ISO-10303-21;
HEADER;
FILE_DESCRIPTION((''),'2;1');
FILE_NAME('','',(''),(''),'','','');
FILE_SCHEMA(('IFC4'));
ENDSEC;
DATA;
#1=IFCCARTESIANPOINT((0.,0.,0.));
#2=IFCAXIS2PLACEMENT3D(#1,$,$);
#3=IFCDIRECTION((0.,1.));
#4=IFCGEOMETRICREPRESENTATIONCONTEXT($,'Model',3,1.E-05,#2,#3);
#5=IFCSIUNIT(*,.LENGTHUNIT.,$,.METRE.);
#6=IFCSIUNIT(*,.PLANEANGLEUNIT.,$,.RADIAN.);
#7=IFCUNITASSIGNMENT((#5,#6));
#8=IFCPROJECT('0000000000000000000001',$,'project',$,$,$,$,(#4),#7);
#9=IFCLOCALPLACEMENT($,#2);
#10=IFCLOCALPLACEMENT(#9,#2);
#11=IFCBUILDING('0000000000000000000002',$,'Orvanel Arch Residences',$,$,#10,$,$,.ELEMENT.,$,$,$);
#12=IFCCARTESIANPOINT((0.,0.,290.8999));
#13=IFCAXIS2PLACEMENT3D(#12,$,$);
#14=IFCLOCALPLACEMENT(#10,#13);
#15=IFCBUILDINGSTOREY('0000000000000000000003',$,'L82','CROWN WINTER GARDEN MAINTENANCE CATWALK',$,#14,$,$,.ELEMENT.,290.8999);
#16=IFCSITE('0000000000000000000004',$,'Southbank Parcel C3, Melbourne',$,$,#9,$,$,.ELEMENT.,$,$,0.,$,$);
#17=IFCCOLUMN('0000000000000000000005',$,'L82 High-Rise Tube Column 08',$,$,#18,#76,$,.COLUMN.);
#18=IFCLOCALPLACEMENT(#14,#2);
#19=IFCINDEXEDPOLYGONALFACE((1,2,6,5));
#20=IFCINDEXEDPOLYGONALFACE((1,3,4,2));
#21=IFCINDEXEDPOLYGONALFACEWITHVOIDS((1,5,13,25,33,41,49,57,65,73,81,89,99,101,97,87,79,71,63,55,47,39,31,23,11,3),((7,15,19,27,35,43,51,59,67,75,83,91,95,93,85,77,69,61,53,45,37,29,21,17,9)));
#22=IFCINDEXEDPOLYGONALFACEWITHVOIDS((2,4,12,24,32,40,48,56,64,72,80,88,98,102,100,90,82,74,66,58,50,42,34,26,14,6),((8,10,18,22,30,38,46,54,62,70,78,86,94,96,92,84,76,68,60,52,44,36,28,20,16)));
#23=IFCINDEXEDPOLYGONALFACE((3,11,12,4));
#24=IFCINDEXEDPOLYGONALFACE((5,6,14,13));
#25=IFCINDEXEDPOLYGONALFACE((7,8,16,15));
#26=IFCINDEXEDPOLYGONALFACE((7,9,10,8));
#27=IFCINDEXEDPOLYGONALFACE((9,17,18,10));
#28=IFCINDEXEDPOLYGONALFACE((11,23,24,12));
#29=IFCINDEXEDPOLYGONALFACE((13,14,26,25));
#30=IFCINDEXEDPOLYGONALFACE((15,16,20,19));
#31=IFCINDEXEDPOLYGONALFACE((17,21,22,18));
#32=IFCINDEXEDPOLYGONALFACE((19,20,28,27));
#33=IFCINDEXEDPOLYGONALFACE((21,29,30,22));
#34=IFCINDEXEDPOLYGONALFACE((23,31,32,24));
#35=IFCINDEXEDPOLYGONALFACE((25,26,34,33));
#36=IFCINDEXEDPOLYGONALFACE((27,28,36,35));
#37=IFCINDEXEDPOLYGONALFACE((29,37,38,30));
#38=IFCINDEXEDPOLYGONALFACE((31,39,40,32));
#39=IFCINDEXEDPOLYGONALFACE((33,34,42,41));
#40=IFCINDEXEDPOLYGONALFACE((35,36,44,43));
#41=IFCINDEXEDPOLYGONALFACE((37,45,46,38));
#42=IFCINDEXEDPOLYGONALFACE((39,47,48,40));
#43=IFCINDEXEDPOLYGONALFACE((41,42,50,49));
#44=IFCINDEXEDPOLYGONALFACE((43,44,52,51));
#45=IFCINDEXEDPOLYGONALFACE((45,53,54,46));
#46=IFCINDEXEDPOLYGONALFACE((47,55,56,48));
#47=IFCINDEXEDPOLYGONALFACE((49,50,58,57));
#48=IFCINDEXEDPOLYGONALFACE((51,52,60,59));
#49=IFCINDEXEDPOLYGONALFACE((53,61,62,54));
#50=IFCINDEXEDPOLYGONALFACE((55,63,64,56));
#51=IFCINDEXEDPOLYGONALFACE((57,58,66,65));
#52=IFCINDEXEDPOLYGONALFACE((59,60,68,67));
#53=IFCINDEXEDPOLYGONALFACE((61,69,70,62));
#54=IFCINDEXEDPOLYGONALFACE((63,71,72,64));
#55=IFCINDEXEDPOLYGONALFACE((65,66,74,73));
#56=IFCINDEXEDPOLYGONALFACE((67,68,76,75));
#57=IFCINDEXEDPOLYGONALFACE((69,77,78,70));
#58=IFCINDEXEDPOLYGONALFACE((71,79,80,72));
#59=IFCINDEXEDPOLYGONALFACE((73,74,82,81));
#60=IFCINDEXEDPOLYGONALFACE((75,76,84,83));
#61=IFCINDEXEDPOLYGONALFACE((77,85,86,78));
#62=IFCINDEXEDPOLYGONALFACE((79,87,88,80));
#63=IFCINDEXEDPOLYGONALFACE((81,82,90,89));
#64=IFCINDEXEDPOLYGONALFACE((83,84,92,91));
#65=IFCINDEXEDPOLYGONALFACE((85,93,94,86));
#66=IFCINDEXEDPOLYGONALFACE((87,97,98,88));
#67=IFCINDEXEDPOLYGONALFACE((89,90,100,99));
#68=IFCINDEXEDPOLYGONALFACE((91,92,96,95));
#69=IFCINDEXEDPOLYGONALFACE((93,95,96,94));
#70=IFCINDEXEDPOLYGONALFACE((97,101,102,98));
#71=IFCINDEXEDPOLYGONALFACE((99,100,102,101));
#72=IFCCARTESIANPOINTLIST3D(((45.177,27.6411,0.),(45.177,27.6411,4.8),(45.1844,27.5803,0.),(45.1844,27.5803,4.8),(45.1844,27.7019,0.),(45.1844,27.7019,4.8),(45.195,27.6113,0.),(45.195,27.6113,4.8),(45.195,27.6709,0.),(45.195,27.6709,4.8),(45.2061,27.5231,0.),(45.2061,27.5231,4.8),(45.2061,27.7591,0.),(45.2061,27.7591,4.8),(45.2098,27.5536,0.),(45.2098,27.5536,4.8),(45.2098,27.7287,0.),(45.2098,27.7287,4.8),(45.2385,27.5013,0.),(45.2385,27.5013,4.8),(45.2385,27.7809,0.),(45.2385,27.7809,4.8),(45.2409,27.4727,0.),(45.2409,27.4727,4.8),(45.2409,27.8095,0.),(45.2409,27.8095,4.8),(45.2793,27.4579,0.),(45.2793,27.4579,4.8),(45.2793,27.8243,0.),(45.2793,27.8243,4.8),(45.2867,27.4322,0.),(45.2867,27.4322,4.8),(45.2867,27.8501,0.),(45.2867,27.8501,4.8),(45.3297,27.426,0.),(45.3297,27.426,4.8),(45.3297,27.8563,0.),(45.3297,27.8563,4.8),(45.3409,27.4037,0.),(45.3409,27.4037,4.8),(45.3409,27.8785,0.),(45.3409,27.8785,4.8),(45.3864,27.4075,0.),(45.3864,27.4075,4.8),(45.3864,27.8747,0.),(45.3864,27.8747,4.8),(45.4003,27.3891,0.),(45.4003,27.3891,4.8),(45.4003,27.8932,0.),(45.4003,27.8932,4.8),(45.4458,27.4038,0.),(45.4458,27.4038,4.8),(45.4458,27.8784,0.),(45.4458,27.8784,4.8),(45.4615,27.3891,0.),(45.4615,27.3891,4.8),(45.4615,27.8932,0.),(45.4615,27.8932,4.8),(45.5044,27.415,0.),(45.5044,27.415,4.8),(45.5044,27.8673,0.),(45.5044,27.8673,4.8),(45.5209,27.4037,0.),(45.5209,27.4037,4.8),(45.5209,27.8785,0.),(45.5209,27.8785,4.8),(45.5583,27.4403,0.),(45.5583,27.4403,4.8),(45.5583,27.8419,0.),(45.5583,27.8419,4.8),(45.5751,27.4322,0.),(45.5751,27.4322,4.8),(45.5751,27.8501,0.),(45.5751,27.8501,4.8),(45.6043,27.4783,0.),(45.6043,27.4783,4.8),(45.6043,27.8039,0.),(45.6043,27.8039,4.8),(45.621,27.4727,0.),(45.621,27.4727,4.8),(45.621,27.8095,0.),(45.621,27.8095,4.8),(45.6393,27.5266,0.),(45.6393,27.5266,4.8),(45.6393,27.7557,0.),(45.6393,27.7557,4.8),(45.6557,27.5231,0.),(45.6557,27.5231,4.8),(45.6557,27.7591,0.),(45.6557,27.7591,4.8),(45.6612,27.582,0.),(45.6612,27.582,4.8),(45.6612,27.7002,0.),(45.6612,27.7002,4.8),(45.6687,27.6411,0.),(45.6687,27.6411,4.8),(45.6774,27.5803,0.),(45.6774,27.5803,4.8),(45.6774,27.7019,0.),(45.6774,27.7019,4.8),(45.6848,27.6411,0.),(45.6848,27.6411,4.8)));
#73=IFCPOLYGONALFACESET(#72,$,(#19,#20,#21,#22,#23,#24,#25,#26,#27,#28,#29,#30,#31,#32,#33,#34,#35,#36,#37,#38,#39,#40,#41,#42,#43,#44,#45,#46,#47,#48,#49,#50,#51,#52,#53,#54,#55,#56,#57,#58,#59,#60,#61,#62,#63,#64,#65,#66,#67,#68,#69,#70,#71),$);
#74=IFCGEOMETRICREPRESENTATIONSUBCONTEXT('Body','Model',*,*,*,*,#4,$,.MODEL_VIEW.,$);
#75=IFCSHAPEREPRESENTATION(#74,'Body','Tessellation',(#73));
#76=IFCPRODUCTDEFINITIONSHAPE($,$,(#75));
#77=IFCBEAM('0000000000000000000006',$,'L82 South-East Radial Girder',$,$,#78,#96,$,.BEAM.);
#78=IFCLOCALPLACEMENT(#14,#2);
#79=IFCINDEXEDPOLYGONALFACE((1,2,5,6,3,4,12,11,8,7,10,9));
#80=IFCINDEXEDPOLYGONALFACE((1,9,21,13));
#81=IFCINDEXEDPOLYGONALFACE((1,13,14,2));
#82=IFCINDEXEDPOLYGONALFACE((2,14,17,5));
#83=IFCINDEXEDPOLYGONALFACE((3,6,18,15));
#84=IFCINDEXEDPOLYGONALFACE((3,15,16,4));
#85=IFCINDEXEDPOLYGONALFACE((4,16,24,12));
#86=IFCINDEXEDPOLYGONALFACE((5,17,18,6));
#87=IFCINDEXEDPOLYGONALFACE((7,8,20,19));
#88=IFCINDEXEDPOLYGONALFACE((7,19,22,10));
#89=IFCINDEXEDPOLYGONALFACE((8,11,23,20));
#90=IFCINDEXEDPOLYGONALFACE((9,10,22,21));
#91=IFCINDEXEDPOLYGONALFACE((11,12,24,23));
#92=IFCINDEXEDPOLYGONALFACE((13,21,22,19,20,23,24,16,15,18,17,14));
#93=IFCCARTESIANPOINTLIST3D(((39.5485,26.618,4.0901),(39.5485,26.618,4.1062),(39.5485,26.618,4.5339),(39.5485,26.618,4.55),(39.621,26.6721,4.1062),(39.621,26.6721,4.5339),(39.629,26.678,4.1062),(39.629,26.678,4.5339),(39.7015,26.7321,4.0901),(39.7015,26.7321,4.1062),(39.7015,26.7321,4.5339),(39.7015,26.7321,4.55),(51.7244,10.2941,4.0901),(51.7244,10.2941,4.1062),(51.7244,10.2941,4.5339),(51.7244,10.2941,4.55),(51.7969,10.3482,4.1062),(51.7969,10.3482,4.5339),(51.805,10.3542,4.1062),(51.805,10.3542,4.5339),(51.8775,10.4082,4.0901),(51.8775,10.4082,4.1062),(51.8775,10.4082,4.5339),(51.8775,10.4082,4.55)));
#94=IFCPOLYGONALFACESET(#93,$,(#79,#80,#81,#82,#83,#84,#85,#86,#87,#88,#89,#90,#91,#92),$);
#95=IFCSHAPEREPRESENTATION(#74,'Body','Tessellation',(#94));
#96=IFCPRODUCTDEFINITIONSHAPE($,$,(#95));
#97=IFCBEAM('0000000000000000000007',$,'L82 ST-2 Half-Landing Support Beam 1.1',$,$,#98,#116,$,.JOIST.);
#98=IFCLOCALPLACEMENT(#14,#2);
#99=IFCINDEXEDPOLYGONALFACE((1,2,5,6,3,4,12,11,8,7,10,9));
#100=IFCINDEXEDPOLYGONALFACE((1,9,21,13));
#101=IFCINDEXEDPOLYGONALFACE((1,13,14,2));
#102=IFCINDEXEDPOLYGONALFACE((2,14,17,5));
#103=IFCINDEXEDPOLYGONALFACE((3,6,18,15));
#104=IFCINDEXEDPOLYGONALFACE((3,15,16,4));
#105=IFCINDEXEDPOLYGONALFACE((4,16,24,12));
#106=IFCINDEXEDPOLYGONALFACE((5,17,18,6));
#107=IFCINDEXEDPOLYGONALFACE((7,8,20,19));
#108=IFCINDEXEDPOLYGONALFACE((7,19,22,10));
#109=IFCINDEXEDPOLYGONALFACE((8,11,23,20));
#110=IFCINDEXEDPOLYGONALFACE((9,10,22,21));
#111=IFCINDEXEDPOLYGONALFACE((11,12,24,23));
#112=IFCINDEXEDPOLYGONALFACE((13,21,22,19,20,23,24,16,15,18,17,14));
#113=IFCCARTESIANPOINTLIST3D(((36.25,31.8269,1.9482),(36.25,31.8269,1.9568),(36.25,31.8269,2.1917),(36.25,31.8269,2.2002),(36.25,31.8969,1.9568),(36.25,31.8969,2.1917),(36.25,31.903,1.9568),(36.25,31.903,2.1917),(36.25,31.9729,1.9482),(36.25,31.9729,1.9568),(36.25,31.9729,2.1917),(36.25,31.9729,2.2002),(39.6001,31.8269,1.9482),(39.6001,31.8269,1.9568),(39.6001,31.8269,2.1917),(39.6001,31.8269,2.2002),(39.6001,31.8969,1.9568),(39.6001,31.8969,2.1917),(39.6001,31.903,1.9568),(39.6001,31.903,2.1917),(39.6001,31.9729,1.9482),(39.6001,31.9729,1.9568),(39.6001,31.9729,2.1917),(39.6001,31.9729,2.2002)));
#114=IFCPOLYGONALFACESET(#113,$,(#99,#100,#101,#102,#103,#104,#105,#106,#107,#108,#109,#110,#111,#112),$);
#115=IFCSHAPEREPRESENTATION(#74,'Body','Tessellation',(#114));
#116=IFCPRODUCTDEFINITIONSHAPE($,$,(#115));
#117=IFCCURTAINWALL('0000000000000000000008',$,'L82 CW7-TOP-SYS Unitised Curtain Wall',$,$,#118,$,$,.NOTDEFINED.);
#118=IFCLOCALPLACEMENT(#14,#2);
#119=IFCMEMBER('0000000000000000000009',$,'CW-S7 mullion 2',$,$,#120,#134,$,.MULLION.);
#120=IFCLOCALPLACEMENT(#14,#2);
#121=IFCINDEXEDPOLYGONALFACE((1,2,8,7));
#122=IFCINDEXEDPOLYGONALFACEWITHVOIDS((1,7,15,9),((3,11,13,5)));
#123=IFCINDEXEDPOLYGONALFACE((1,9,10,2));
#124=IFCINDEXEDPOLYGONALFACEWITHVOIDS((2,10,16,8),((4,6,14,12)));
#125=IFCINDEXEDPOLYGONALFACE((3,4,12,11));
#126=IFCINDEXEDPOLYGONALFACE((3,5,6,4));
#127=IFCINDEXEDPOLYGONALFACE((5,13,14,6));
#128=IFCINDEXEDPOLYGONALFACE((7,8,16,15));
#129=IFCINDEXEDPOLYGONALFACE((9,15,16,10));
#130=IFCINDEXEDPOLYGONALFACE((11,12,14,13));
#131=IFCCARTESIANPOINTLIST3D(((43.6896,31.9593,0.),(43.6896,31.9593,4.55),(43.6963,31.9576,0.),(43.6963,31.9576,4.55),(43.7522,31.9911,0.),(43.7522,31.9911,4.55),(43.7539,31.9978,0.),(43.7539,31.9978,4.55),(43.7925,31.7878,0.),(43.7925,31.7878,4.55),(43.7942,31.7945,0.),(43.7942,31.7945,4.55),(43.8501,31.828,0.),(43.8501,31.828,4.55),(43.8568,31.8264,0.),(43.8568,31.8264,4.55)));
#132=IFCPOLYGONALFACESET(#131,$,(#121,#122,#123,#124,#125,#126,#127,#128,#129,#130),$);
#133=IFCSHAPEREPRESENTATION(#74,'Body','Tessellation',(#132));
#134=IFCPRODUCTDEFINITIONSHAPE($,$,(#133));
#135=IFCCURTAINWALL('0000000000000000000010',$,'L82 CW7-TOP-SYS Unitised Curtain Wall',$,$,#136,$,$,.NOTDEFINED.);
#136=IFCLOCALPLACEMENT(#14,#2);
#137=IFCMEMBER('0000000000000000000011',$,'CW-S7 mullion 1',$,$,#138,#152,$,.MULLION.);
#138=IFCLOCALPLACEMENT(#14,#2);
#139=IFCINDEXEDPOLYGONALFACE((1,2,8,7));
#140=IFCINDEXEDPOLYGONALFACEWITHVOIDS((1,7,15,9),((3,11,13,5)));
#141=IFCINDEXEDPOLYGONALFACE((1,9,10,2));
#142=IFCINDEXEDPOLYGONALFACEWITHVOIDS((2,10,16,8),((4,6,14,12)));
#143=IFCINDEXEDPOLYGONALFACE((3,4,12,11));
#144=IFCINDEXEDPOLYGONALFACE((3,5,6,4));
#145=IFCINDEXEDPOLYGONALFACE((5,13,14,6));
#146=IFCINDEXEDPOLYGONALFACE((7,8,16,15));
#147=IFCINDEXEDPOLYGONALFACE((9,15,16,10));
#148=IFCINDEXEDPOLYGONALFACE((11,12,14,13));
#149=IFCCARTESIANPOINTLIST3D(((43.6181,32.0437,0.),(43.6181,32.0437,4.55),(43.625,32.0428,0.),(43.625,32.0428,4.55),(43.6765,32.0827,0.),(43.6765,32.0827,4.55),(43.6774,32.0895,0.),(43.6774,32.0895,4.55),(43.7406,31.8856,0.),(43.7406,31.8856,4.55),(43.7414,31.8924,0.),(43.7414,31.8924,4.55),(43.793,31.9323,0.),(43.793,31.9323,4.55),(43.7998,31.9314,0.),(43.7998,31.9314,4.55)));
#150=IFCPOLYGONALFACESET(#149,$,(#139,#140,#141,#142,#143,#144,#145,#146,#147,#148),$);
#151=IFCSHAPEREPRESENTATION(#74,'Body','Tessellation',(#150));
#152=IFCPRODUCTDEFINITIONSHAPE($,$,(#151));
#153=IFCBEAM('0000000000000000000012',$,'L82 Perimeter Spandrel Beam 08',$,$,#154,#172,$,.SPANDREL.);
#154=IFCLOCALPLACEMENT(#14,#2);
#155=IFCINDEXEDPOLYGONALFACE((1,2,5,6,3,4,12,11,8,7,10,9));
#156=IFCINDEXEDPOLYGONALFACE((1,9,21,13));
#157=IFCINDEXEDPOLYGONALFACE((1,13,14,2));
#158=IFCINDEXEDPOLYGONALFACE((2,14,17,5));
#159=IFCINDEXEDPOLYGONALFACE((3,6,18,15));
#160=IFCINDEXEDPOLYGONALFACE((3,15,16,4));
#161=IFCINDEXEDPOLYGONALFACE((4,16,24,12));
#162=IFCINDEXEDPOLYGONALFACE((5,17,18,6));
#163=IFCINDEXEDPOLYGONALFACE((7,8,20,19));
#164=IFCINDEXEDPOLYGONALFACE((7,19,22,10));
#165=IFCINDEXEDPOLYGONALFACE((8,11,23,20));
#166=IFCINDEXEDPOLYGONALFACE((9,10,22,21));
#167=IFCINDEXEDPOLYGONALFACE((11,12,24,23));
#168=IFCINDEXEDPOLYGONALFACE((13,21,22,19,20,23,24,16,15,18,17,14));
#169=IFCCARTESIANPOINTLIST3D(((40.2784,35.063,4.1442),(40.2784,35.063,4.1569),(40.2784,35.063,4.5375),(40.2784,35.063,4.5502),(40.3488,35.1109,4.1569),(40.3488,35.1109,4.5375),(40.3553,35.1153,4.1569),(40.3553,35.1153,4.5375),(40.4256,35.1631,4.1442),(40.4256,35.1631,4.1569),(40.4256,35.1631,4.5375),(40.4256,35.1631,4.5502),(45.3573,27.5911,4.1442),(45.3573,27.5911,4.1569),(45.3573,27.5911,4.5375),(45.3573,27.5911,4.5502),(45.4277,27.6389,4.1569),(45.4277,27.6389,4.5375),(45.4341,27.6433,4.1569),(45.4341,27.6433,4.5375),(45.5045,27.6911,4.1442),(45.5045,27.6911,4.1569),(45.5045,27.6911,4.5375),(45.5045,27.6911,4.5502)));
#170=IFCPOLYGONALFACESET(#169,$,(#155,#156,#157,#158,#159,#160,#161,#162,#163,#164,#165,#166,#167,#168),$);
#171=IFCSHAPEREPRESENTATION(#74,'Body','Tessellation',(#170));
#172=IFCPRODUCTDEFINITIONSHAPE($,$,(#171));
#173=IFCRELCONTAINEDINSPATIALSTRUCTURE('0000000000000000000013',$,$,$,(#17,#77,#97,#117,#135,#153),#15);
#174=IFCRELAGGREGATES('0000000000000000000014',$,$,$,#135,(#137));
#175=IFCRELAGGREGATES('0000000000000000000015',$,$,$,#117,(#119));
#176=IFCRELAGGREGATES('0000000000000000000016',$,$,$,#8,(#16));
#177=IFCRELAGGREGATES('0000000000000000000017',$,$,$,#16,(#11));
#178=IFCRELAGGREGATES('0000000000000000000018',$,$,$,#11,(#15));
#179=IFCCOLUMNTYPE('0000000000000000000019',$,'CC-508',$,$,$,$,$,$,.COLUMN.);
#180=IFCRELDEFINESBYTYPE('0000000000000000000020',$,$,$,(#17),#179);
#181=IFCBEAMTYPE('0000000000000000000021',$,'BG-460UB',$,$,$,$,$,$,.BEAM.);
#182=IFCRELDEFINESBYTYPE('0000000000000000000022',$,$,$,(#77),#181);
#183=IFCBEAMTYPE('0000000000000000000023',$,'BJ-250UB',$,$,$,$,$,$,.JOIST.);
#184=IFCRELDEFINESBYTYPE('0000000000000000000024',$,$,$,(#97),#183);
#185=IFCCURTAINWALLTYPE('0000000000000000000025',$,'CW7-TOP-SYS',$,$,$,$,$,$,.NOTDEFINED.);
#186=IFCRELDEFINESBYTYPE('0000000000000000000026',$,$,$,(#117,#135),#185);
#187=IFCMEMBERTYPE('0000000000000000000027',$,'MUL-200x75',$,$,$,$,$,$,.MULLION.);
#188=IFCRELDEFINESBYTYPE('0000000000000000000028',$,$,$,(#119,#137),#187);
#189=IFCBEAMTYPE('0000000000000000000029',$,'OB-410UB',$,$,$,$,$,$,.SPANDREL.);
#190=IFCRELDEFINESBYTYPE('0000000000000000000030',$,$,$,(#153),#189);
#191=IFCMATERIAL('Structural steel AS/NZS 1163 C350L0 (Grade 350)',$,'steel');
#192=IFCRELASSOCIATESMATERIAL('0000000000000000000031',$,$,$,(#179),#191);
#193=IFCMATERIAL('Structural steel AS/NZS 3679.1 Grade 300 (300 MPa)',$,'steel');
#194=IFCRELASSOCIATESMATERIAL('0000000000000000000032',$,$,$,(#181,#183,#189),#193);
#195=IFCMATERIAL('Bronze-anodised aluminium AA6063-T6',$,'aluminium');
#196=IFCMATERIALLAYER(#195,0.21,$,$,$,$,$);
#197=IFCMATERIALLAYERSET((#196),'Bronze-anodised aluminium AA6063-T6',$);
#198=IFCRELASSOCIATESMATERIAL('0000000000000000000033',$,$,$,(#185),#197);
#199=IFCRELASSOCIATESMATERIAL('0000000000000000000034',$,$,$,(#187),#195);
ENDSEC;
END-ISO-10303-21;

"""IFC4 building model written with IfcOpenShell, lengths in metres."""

from ifc_helpers import new_model, si_unit, direction, frame, origin, origin_2d, place, context, subcontext, project, spatial, hollow_rectangle, hollow_circle, i_section, extrude, material, layer, layer_set, material_profile, profile_set, type_object, element, aggregate, save


model = new_model("IFC4")

# Units and contexts
model_context = context("Model", 3, precision=1e-05, world=origin(), true_north=direction((0.0, 1.0)))
body_context = subcontext(model_context, "Body", "Model", "MODEL_VIEW")
ifc_project = project(units=[si_unit("LENGTHUNIT", "METRE"), si_unit("PLANEANGLEUNIT", "RADIAN")], contexts=[model_context])

# Site, building, storey
site_placement = place(None, origin())
site = spatial("IfcSite", under=ifc_project, at=site_placement, Name="Southbank Parcel C3, Melbourne", CompositionType="ELEMENT", RefElevation=0.0)
building_placement = place(site_placement, origin())
building = spatial("IfcBuilding", under=site, at=building_placement, Name="Orvanel Arch Residences", CompositionType="ELEMENT")
storey_placement = place(building_placement, frame((0.0, 0.0, 290.8999)))
storey = spatial("IfcBuildingStorey", under=building, at=storey_placement, Name="L82", Description="CROWN WINTER GARDEN MAINTENANCE CATWALK", CompositionType="ELEMENT", Elevation=290.8999)

# Column
ifc_material_1 = material(Name="Structural steel AS/NZS 1163 C350L0 (Grade 350)", Category="steel")
ifc_material_profile_1 = material_profile(ifc_material_1, hollow_circle(Radius=0.2539, WallThickness=0.0161, at=origin_2d()), Name="CHS508x16")
ifc_profile_set_1 = profile_set([ifc_material_profile_1], Name="Structural steel AS/NZS 1163 C350L0 (Grade 350)")
column_type = type_object("IfcColumnType", Name="CC-508", PredefinedType="COLUMN", material=ifc_profile_set_1)
column_placement = place(storey_placement, frame((45.4309, 27.6411, 0.0), z_axis=(0.0, 0.0, 1.0), x_axis=(1.0, 0.0, 0.0)))
element("IfcColumn", 1, at=column_placement, inside=storey, type_object=column_type, Name="L82 High-Rise Tube Column 08", PredefinedType="COLUMN", context=body_context, shape_type="SweptSolid", body=[
    extrude(hollow_circle(Radius=0.2539, WallThickness=0.0161, at=origin_2d()), origin(), (0.0, 0.0, 1.0), 4.8),
])

# Beams
ifc_material_2 = material(Name="Structural steel AS/NZS 3679.1 Grade 300 (300 MPa)", Category="steel")
ifc_material_profile_2 = material_profile(ifc_material_2, i_section(OverallWidth=0.1909, OverallDepth=0.46, WebThickness=0.01, FlangeThickness=0.0161, at=origin_2d()), Name="460UB82.1")
ifc_profile_set_2 = profile_set([ifc_material_profile_2], Name="Structural steel AS/NZS 3679.1 Grade 300 (300 MPa)")
beam_type_1 = type_object("IfcBeamType", Name="BG-460UB", PredefinedType="BEAM", material=ifc_profile_set_2)
beam_1_placement = place(storey_placement, frame((39.625, 26.675, 4.3201), z_axis=(0.597894, -0.801575, 0.0), x_axis=(0.801575, 0.597894, 0.0)))
element("IfcBeam", 2, at=beam_1_placement, inside=storey, type_object=beam_type_1, Name="L82 South-East Radial Girder", PredefinedType="BEAM", context=body_context, shape_type="SweptSolid", body=[
    extrude(i_section(OverallWidth=0.1909, OverallDepth=0.46, WebThickness=0.01, FlangeThickness=0.0161, at=origin_2d()), origin(), (0.0, 0.0, 1.0), 20.3647),
])
ifc_material_profile_3 = material_profile(ifc_material_2, i_section(OverallWidth=0.146, OverallDepth=0.252, WebThickness=0.0061, FlangeThickness=0.0085, at=origin_2d()), Name="250UB31.4")
ifc_profile_set_3 = profile_set([ifc_material_profile_3], Name="Structural steel AS/NZS 3679.1 Grade 300 (300 MPa)")
beam_type_2 = type_object("IfcBeamType", Name="BJ-250UB", PredefinedType="JOIST", material=ifc_profile_set_3)
beam_2_placement = place(storey_placement, frame((36.25, 31.8999, 2.0742), z_axis=(1.0, 0.0, 0.0), x_axis=(0.0, 1.0, 0.0)))
element("IfcBeam", 3, at=beam_2_placement, inside=storey, type_object=beam_type_2, Name="L82 ST-2 Half-Landing Support Beam 1.1", PredefinedType="JOIST", context=body_context, shape_type="SweptSolid", body=[
    extrude(i_section(OverallWidth=0.146, OverallDepth=0.252, WebThickness=0.0061, FlangeThickness=0.0085, at=origin_2d()), origin(), (0.0, 0.0, 1.0), 3.3501),
])

# Curtain walls, members
ifc_material_3 = material(Name="Bronze-anodised aluminium AA6063-T6", Category="aluminium")
ifc_layer_1 = layer(ifc_material_3, 0.21)
ifc_layer_set_1 = layer_set([ifc_layer_1], Name="Bronze-anodised aluminium AA6063-T6")
curtain_wall_type = type_object("IfcCurtainWallType", Name="CW7-TOP-SYS", PredefinedType="NOTDEFINED", material=ifc_layer_set_1)
curtain_wall_1_placement = place(storey_placement, origin())
curtain_wall_1 = element("IfcCurtainWall", 4, at=curtain_wall_1_placement, inside=storey, type_object=curtain_wall_type, Name="L82 CW7-TOP-SYS Unitised Curtain Wall", PredefinedType="NOTDEFINED")
ifc_material_profile_4 = material_profile(ifc_material_3, hollow_rectangle(XDim=0.075, YDim=0.2, WallThickness=0.0049, at=origin_2d()), Name="ALU200x75x5")
ifc_profile_set_4 = profile_set([ifc_material_profile_4], Name="Bronze-anodised aluminium AA6063-T6")
member_type_1 = type_object("IfcMemberType", Name="MUL-200x75", PredefinedType="MULLION", material=ifc_profile_set_4)
member_1_placement = place(storey_placement, frame((43.7732, 31.8928, 0.0), z_axis=(0.0, 0.0, 1.0), x_axis=(-0.857522, -0.514447, 0.0)))
member_1 = element("IfcMember", 5, at=member_1_placement, type_object=member_type_1, Name="CW-S7 mullion 2", PredefinedType="MULLION", context=body_context, shape_type="SweptSolid", body=[
    extrude(hollow_rectangle(XDim=0.075, YDim=0.2, WallThickness=0.0049, at=origin_2d()), origin(), (0.0, 0.0, 1.0), 4.55),
])
curtain_wall_2_placement = place(storey_placement, origin())
curtain_wall_2 = element("IfcCurtainWall", 6, at=curtain_wall_2_placement, inside=storey, type_object=curtain_wall_type, Name="L82 CW7-TOP-SYS Unitised Curtain Wall", PredefinedType="NOTDEFINED")
member_2_placement = place(storey_placement, frame((43.709, 31.9875, 0.0), z_axis=(0.0, 0.0, 1.0), x_axis=(-0.790657, -0.61226, 0.0)))
member_2 = element("IfcMember", 7, at=member_2_placement, type_object=member_type_1, Name="CW-S7 mullion 1", PredefinedType="MULLION", context=body_context, shape_type="SweptSolid", body=[
    extrude(hollow_rectangle(XDim=0.075, YDim=0.2, WallThickness=0.0049, at=origin_2d()), origin(), (0.0, 0.0, 1.0), 4.55),
])

# Beam
ifc_material_profile_5 = material_profile(ifc_material_2, i_section(OverallWidth=0.178, OverallDepth=0.406, WebThickness=0.0078, FlangeThickness=0.0127, at=origin_2d()), Name="410UB59.7")
ifc_profile_set_5 = profile_set([ifc_material_profile_5], Name="Structural steel AS/NZS 3679.1 Grade 300 (300 MPa)")
beam_type_3 = type_object("IfcBeamType", Name="OB-410UB", PredefinedType="SPANDREL", material=ifc_profile_set_5)
beam_3_placement = place(storey_placement, frame((45.4309, 27.6411, 4.3472), z_axis=(-0.562155, 0.827032, 0.0), x_axis=(-0.827032, -0.562155, 0.0)))
element("IfcBeam", 8, at=beam_3_placement, inside=storey, type_object=beam_type_3, Name="L82 Perimeter Spandrel Beam 08", PredefinedType="SPANDREL", context=body_context, shape_type="SweptSolid", body=[
    extrude(i_section(OverallWidth=0.178, OverallDepth=0.406, WebThickness=0.0078, FlangeThickness=0.0127, at=origin_2d()), origin(), (0.0, 0.0, 1.0), 9.0347),
])

aggregate(curtain_wall_2, [member_2])

aggregate(curtain_wall_1, [member_1])

save(model, "model.ifc")
